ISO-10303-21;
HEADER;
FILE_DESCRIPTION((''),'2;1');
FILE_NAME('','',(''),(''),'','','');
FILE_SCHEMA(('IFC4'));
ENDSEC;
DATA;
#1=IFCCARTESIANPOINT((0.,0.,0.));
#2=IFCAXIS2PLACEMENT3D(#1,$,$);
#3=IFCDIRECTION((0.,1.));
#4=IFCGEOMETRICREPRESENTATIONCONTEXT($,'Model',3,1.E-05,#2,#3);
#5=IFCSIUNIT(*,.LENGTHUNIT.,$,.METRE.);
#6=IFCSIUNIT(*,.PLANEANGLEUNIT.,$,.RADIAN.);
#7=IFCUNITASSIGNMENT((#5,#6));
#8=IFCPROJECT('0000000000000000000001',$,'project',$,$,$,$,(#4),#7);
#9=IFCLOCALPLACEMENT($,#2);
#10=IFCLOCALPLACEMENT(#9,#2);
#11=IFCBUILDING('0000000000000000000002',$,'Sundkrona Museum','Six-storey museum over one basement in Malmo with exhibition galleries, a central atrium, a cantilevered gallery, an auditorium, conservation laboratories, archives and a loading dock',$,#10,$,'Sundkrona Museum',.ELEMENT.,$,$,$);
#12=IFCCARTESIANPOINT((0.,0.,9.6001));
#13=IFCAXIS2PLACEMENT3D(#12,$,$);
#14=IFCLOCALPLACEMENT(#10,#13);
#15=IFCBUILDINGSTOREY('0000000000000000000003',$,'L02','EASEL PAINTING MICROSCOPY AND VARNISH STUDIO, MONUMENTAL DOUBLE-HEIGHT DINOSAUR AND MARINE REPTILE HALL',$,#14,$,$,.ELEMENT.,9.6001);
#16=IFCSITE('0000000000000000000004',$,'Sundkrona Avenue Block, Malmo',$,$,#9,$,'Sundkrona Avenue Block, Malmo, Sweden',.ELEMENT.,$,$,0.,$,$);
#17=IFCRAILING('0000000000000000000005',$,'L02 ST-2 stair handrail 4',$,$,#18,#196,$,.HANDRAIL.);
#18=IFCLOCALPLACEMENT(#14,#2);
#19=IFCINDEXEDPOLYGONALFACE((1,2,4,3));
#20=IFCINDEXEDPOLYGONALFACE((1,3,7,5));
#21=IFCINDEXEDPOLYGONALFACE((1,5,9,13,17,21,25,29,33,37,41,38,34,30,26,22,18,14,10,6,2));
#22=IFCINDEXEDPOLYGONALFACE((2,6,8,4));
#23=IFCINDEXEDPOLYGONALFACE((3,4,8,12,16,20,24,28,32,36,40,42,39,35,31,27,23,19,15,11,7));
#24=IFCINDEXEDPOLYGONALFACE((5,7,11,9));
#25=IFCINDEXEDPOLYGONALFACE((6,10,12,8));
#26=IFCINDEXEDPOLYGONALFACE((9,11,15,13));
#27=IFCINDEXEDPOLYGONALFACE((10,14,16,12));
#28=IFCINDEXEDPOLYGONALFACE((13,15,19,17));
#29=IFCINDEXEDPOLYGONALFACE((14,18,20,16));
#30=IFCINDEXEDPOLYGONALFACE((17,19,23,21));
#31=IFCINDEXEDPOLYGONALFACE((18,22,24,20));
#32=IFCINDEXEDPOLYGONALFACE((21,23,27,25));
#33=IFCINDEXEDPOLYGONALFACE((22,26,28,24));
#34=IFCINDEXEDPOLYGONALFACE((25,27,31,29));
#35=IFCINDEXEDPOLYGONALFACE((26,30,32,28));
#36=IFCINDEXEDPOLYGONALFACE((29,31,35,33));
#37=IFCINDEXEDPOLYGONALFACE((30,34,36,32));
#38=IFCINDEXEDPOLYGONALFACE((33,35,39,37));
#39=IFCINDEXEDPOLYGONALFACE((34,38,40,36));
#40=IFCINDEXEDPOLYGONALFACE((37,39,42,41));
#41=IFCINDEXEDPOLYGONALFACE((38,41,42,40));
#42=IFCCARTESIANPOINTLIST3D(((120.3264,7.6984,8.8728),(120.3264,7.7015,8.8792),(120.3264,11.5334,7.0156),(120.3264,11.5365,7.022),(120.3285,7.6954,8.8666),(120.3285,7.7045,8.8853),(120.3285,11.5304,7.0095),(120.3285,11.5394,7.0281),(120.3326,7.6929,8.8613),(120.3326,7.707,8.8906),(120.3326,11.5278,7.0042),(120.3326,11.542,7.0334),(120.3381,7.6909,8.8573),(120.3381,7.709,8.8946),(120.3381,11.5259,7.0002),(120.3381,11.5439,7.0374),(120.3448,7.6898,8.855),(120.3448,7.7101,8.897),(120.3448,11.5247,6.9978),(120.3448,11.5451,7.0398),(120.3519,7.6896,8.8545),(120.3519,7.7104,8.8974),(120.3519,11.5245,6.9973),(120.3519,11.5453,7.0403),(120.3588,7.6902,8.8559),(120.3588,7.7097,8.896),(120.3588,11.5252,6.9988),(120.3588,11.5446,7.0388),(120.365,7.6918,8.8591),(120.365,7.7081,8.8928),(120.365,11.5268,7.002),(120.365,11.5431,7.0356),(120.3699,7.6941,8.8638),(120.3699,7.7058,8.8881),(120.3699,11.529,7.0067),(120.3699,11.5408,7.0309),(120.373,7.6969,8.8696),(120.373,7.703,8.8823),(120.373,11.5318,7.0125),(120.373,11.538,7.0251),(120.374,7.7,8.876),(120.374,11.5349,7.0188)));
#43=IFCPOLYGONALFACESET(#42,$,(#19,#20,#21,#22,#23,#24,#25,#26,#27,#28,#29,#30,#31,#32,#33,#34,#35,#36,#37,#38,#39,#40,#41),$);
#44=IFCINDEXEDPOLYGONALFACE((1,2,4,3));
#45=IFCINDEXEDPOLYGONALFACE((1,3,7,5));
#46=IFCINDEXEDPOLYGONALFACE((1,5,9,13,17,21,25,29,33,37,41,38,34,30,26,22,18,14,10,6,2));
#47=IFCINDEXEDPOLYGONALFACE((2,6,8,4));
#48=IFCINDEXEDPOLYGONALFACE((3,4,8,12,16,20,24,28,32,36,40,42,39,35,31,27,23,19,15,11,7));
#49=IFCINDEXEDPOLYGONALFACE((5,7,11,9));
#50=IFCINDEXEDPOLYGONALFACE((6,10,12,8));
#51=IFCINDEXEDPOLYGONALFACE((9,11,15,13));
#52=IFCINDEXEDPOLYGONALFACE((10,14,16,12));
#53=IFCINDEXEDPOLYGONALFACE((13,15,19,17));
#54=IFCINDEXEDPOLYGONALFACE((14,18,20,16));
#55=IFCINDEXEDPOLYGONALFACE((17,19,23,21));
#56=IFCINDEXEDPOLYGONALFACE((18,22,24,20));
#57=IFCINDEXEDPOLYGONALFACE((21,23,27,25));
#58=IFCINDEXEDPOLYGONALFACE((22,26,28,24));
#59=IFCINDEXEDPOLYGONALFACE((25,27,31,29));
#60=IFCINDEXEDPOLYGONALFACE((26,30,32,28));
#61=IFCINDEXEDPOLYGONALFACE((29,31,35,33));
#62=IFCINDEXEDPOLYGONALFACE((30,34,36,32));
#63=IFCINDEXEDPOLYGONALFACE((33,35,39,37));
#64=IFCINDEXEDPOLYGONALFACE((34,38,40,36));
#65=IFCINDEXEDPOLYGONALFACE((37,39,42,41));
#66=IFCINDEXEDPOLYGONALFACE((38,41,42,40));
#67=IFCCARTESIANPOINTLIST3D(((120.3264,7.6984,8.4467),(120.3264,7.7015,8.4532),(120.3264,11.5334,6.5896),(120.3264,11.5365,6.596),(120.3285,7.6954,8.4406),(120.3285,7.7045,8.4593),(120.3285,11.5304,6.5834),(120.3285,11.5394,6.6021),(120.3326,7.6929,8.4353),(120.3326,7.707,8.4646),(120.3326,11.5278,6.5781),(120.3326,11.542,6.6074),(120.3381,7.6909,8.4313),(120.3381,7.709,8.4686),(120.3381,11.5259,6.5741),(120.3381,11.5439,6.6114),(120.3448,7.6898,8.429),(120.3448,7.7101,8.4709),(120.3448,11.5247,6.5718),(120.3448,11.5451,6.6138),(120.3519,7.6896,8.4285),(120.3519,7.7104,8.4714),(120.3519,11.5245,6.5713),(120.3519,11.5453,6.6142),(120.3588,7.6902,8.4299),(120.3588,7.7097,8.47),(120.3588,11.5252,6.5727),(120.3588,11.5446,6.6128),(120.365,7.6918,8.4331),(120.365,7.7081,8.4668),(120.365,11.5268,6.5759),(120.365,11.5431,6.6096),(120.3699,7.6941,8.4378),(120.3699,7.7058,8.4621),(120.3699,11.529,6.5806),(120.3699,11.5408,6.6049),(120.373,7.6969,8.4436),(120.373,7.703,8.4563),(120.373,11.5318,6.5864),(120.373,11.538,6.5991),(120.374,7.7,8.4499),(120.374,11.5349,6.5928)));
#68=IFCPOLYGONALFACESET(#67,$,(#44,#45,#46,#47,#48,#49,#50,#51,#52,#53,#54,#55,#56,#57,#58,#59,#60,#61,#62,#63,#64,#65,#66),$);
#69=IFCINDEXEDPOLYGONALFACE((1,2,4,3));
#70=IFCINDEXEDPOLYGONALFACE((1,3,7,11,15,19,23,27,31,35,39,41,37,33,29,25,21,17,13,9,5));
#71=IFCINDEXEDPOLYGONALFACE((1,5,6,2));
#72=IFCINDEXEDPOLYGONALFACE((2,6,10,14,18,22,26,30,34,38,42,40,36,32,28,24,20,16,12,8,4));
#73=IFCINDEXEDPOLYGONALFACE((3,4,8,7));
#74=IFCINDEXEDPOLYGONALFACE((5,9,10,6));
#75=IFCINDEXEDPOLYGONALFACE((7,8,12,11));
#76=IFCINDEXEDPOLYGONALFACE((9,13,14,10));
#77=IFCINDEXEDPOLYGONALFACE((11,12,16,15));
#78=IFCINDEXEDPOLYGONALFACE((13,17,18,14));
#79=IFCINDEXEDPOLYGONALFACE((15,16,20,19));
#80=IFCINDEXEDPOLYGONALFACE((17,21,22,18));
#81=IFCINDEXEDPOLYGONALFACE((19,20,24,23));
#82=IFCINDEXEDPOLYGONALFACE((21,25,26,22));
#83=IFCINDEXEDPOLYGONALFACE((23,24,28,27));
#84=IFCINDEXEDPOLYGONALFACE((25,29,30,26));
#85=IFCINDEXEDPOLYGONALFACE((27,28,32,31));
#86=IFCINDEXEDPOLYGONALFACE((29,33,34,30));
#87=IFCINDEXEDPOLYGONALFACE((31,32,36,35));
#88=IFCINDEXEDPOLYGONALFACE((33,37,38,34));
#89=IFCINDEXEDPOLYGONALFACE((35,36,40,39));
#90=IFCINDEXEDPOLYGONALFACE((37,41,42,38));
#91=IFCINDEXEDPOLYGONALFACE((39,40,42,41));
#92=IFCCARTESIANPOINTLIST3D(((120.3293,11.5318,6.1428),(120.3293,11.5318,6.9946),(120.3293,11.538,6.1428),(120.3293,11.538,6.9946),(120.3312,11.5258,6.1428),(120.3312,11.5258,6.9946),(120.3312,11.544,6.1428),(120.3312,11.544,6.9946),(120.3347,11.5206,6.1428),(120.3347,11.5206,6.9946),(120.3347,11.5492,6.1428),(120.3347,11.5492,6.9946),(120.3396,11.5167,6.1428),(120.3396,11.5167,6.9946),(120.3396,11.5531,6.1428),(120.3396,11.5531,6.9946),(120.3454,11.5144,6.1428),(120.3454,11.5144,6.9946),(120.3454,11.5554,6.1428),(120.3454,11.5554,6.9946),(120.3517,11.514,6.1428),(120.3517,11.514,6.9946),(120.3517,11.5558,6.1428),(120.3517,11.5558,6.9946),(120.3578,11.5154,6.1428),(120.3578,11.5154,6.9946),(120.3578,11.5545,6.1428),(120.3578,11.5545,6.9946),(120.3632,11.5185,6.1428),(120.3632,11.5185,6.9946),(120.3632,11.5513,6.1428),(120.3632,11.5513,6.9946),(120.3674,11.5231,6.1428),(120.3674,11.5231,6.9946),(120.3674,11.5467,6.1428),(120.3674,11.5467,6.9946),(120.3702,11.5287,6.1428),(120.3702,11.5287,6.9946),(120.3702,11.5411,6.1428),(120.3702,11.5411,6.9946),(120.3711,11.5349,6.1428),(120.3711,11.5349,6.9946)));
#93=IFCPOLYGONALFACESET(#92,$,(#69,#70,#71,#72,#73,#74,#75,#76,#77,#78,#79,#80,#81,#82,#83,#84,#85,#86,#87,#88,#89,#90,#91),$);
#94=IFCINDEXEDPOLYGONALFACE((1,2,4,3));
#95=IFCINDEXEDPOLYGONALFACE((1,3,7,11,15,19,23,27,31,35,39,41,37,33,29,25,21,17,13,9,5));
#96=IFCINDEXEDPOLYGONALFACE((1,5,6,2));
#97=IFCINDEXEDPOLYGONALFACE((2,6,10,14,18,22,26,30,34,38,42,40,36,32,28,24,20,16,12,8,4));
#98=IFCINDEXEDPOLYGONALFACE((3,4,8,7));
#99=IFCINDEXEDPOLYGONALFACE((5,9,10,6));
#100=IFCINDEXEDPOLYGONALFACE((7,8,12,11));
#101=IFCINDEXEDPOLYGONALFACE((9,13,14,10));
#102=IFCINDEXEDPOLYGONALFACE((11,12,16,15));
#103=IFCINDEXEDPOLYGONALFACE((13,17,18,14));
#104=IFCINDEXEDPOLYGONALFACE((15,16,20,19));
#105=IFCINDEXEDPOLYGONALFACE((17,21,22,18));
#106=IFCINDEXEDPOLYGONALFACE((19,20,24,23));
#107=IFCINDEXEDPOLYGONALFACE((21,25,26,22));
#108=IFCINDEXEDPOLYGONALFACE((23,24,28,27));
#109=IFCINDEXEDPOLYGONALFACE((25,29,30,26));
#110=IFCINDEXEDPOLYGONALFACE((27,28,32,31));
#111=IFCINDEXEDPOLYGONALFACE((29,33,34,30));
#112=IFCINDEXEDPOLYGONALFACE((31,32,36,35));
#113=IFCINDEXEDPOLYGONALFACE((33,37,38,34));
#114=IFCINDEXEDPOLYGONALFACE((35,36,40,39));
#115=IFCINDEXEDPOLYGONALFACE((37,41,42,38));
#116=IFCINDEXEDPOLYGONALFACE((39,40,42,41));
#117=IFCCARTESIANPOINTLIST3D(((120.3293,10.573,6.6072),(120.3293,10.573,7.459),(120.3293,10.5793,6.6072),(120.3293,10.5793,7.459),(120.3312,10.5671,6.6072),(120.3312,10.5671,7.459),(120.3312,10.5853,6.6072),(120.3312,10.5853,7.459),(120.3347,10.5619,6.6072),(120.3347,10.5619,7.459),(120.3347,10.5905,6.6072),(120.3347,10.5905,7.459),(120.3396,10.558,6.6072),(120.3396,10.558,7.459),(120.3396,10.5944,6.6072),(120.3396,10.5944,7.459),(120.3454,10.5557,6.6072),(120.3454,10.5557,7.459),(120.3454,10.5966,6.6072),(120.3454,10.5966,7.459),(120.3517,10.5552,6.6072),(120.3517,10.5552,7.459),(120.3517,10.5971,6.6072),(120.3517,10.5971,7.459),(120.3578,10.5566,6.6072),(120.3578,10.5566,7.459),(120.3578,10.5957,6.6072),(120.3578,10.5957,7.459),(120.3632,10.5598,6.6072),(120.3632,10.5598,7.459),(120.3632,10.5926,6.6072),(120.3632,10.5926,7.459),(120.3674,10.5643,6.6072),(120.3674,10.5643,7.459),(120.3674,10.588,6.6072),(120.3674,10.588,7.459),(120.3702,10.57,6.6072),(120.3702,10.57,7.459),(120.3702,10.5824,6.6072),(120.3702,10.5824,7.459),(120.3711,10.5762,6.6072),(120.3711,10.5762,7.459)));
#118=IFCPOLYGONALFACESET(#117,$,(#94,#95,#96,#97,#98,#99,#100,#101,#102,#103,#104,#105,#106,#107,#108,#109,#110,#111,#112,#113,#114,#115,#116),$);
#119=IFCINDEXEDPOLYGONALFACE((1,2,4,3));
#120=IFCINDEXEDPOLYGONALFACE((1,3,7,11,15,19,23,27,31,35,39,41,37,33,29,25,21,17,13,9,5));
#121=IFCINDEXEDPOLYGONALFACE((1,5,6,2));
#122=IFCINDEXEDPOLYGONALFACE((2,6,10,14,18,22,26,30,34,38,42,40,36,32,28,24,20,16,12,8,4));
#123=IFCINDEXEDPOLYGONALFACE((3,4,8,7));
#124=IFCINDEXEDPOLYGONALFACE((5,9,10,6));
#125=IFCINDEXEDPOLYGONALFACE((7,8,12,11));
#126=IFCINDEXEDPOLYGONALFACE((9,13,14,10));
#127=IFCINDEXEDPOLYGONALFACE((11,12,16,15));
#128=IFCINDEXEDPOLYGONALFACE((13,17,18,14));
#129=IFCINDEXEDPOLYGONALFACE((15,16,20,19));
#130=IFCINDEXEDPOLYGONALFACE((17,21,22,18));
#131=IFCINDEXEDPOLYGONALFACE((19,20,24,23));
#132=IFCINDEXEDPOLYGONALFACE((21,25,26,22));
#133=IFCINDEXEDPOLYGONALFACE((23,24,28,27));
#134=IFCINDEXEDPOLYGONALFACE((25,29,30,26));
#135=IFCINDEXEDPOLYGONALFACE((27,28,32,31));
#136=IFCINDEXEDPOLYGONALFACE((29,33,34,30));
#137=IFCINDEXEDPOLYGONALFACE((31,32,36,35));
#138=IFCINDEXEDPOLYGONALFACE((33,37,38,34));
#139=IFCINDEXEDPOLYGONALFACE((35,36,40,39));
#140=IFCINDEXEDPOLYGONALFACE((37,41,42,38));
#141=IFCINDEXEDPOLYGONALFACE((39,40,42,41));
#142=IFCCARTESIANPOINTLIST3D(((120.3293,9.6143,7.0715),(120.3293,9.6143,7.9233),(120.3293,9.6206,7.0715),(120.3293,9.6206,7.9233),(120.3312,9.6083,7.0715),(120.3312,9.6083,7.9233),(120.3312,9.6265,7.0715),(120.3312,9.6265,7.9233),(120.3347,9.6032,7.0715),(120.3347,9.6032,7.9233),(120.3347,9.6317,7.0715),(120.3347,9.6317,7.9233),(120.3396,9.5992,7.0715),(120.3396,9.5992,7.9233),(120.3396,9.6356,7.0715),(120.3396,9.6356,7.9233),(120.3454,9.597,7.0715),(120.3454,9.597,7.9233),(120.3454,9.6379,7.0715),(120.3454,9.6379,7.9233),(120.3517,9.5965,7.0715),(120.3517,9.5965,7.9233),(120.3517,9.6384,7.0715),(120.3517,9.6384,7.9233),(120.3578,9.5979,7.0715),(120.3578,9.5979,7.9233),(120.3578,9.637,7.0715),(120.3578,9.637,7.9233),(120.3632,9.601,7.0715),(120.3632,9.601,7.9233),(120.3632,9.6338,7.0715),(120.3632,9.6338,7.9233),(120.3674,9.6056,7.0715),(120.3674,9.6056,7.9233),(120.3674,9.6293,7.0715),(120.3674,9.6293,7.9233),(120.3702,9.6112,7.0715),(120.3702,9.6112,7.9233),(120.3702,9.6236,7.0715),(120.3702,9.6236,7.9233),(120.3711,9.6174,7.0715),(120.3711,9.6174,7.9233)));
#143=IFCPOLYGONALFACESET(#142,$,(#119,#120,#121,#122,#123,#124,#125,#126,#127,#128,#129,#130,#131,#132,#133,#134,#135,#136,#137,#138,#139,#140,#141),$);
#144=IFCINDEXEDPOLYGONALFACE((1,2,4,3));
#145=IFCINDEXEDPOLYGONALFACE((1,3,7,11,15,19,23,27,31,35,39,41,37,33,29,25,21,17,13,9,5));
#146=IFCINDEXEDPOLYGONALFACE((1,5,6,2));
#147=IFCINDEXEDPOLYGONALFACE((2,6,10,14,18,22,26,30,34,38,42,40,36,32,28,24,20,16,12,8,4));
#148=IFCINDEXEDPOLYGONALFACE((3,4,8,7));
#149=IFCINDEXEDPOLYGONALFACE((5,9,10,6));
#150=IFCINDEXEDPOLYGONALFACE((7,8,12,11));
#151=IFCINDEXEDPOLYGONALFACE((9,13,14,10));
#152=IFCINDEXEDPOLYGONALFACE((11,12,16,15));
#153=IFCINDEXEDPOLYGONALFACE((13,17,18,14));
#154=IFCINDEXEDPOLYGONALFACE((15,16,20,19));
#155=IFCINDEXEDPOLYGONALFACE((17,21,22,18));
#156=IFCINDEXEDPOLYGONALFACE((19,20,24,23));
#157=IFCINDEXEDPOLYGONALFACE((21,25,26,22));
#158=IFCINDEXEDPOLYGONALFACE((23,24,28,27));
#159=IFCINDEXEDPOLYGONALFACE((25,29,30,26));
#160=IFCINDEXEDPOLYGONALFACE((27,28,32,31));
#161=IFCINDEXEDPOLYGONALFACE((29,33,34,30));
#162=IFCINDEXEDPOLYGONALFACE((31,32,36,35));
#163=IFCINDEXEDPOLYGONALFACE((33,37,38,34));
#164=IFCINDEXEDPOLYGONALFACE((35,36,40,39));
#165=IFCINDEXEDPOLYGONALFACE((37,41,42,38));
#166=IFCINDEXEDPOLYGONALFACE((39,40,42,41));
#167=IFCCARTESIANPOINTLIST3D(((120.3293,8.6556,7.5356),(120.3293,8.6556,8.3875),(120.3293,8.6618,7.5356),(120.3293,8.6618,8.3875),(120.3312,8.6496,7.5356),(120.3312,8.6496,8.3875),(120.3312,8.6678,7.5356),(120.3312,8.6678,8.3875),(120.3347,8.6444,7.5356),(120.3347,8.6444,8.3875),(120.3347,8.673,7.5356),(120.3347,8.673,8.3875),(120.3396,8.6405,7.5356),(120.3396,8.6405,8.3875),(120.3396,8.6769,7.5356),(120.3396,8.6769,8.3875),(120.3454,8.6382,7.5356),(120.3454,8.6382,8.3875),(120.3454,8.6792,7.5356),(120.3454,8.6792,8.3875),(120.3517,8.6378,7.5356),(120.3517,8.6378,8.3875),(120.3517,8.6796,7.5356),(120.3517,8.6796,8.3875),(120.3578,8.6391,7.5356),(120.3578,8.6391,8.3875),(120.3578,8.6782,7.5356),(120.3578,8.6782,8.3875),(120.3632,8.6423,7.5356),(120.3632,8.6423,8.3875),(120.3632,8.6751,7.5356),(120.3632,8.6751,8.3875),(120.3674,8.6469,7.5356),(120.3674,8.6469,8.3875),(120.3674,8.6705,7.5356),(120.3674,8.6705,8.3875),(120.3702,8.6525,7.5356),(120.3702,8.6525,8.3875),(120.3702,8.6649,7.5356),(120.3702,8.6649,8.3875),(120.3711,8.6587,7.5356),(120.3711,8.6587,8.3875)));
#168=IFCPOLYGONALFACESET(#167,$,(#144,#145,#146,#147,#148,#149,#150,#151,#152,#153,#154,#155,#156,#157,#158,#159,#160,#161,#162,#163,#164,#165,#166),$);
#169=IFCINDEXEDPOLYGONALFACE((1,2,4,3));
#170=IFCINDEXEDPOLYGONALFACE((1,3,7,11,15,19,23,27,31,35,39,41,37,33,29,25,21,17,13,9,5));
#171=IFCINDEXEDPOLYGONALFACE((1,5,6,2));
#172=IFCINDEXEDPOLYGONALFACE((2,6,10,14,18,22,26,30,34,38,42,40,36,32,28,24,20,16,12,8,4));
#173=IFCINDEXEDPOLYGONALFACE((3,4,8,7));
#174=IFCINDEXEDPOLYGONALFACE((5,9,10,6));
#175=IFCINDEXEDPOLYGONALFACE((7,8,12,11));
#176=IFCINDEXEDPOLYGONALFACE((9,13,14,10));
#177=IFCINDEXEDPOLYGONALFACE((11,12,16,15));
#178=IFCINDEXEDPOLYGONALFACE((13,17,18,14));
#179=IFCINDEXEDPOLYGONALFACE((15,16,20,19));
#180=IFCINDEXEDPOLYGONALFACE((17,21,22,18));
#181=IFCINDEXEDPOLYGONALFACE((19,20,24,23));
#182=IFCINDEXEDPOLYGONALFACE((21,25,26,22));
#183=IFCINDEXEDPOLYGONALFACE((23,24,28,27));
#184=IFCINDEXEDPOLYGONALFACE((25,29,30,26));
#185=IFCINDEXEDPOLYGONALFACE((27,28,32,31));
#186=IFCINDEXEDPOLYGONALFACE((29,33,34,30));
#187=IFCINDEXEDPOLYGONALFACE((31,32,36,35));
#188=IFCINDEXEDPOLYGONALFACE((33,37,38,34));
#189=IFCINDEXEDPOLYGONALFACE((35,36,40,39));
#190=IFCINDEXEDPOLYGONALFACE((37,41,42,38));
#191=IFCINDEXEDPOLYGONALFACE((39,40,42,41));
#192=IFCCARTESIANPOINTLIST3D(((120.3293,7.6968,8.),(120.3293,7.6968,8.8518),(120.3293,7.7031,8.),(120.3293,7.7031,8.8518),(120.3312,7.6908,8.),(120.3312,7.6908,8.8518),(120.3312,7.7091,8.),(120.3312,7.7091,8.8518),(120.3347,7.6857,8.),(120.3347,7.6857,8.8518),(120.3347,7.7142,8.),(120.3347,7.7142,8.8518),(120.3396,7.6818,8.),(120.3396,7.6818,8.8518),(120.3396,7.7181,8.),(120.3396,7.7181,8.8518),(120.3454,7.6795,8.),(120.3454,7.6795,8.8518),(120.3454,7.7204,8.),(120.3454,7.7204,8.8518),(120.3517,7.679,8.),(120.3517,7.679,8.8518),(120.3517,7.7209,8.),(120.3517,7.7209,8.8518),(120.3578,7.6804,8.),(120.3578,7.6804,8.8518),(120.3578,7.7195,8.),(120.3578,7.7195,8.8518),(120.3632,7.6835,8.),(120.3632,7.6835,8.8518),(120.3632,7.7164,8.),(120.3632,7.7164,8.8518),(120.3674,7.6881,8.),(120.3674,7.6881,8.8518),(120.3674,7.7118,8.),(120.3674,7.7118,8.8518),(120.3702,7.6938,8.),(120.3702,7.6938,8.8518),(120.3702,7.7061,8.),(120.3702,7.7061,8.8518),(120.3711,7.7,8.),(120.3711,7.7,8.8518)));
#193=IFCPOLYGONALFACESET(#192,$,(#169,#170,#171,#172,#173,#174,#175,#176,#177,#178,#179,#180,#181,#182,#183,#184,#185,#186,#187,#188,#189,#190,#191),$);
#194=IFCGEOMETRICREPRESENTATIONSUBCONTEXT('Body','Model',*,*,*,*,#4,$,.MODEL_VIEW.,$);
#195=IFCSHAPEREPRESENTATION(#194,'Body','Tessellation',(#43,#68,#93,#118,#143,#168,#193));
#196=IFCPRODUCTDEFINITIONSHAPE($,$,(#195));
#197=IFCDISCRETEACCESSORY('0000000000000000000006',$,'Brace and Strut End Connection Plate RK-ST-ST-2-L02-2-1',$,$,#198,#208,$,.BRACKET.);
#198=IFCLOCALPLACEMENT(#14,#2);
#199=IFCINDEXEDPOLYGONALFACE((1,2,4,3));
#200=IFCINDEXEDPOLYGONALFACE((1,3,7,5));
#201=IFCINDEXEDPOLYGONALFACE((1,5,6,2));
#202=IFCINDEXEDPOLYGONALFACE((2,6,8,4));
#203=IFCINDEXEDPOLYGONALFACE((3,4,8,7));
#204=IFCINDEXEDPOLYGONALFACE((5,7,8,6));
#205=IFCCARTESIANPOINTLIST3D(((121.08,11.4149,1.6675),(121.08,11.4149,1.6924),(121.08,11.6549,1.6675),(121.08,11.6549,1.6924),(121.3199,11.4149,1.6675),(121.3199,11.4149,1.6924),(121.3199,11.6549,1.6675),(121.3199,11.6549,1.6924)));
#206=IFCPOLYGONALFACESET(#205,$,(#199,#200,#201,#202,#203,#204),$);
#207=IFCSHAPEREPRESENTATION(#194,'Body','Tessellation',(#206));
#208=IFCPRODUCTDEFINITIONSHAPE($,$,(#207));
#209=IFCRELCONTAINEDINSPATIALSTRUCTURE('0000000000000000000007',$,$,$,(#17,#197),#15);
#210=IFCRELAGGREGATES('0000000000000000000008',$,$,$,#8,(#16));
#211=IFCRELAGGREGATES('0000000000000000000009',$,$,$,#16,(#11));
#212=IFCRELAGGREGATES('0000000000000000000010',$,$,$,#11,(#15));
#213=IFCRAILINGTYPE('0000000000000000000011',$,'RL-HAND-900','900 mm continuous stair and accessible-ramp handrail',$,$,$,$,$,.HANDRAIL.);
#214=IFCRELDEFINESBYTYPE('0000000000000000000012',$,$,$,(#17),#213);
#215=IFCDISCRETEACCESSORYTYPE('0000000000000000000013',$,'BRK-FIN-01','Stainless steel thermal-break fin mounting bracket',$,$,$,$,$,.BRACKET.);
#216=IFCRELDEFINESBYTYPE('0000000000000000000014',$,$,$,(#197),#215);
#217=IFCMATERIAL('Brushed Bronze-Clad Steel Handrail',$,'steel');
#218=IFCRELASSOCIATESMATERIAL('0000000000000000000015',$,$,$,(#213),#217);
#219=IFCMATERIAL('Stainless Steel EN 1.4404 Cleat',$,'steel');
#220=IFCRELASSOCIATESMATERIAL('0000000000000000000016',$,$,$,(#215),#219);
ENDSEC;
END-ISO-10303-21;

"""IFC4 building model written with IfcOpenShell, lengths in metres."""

from ifc_helpers import new_model, si_unit, direction, frame, origin, origin_2d, place, context, subcontext, project, spatial, rectangle, circle, extrude, material, type_object, element, save


model = new_model("IFC4")

# Units and contexts
model_context = context("Model", 3, precision=1e-05, world=origin(), true_north=direction((0.0, 1.0)))
body_context = subcontext(model_context, "Body", "Model", "MODEL_VIEW")
ifc_project = project(units=[si_unit("LENGTHUNIT", "METRE"), si_unit("PLANEANGLEUNIT", "RADIAN")], contexts=[model_context])

# Site, building, storey
site_placement = place(None, origin())
site = spatial("IfcSite", under=ifc_project, at=site_placement, Name="Sundkrona Avenue Block, Malmo", LongName="Sundkrona Avenue Block, Malmo, Sweden", CompositionType="ELEMENT", RefElevation=0.0)
building_placement = place(site_placement, origin())
building = spatial("IfcBuilding", under=site, at=building_placement, Name="Sundkrona Museum", Description="Six-storey museum over one basement in Malmo with exhibition galleries, a central atrium, a cantilevered gallery, an auditorium, conservation laboratories, archives and a loading dock", LongName="Sundkrona Museum", CompositionType="ELEMENT")
storey_placement = place(building_placement, frame((0.0, 0.0, 9.6001)))
storey = spatial("IfcBuildingStorey", under=building, at=storey_placement, Name="L02", Description="EASEL PAINTING MICROSCOPY AND VARNISH STUDIO, MONUMENTAL DOUBLE-HEIGHT DINOSAUR AND MARINE REPTILE HALL", CompositionType="ELEMENT", Elevation=9.6001)

# Railing
ifc_material_1 = material(Name="Brushed Bronze-Clad Steel Handrail", Category="steel")
railing_type_1 = type_object("IfcRailingType", Name="RL-HAND-900", Description="900 mm continuous stair and accessible-ramp handrail", PredefinedType="HANDRAIL", material=ifc_material_1)
for number, where, name in (
    (1, (120.3501, 11.5349, 6.1428), "L02 ST-2 stair handrail 4"),
):
    element("IfcRailing", number, at=place(storey_placement, frame(where)), inside=storey, type_object=railing_type_1, Name=name, PredefinedType="HANDRAIL", context=body_context, shape_type="SweptSolid", body=[
        extrude(circle(Radius=0.0239, at=origin_2d()), frame((0.0, 0.0, 0.876), z_axis=(0.0, -0.900016, 0.435856), x_axis=(1.0, 0.0, 0.0)), (0.0, 0.0, 1.0), 4.261),
        extrude(circle(Radius=0.0239, at=origin_2d()), frame((0.0, 0.0, 0.45), z_axis=(0.0, -0.900016, 0.435856), x_axis=(1.0, 0.0, 0.0)), (0.0, 0.0, 1.0), 4.261),
        extrude(circle(Radius=0.021, at=origin_2d()), origin(), (0.0, 0.0, 1.0), 0.8518),
        extrude(circle(Radius=0.021, at=origin_2d()), frame((0.0, -0.9587, 0.4644)), (0.0, 0.0, 1.0), 0.8518),
        extrude(circle(Radius=0.021, at=origin_2d()), frame((0.0, -1.9175, 0.9287)), (0.0, 0.0, 1.0), 0.8518),
        extrude(circle(Radius=0.021, at=origin_2d()), frame((0.0, -2.8762, 1.3928)), (0.0, 0.0, 1.0), 0.8518),
        extrude(circle(Radius=0.021, at=origin_2d()), frame((0.0, -3.835, 1.8572)), (0.0, 0.0, 1.0), 0.8518),
    ])

# Discrete accessory
ifc_material_2 = material(Name="Stainless Steel EN 1.4404 Cleat", Category="steel")
discrete_accessory_type = type_object("IfcDiscreteAccessoryType", Name="BRK-FIN-01", Description="Stainless steel thermal-break fin mounting bracket", PredefinedType="BRACKET", material=ifc_material_2)
for number, where, z_axis, x_axis, name in (
    (2, (121.2, 11.5349, 1.6675), (0.0, 0.0, 1.0), (1.0, 0.0, 0.0), "Brace and Strut End Connection Plate RK-ST-ST-2-L02-2-1"),
):
    element("IfcDiscreteAccessory", number, at=place(storey_placement, frame(where, z_axis=z_axis, x_axis=x_axis)), inside=storey, type_object=discrete_accessory_type, Name=name, PredefinedType="BRACKET", context=body_context, shape_type="SweptSolid", body=[
        extrude(rectangle(XDim=0.24, YDim=0.24, at=origin_2d()), origin(), (0.0, 0.0, 1.0), 0.0249),
    ])

save(model, "model.ifc")
